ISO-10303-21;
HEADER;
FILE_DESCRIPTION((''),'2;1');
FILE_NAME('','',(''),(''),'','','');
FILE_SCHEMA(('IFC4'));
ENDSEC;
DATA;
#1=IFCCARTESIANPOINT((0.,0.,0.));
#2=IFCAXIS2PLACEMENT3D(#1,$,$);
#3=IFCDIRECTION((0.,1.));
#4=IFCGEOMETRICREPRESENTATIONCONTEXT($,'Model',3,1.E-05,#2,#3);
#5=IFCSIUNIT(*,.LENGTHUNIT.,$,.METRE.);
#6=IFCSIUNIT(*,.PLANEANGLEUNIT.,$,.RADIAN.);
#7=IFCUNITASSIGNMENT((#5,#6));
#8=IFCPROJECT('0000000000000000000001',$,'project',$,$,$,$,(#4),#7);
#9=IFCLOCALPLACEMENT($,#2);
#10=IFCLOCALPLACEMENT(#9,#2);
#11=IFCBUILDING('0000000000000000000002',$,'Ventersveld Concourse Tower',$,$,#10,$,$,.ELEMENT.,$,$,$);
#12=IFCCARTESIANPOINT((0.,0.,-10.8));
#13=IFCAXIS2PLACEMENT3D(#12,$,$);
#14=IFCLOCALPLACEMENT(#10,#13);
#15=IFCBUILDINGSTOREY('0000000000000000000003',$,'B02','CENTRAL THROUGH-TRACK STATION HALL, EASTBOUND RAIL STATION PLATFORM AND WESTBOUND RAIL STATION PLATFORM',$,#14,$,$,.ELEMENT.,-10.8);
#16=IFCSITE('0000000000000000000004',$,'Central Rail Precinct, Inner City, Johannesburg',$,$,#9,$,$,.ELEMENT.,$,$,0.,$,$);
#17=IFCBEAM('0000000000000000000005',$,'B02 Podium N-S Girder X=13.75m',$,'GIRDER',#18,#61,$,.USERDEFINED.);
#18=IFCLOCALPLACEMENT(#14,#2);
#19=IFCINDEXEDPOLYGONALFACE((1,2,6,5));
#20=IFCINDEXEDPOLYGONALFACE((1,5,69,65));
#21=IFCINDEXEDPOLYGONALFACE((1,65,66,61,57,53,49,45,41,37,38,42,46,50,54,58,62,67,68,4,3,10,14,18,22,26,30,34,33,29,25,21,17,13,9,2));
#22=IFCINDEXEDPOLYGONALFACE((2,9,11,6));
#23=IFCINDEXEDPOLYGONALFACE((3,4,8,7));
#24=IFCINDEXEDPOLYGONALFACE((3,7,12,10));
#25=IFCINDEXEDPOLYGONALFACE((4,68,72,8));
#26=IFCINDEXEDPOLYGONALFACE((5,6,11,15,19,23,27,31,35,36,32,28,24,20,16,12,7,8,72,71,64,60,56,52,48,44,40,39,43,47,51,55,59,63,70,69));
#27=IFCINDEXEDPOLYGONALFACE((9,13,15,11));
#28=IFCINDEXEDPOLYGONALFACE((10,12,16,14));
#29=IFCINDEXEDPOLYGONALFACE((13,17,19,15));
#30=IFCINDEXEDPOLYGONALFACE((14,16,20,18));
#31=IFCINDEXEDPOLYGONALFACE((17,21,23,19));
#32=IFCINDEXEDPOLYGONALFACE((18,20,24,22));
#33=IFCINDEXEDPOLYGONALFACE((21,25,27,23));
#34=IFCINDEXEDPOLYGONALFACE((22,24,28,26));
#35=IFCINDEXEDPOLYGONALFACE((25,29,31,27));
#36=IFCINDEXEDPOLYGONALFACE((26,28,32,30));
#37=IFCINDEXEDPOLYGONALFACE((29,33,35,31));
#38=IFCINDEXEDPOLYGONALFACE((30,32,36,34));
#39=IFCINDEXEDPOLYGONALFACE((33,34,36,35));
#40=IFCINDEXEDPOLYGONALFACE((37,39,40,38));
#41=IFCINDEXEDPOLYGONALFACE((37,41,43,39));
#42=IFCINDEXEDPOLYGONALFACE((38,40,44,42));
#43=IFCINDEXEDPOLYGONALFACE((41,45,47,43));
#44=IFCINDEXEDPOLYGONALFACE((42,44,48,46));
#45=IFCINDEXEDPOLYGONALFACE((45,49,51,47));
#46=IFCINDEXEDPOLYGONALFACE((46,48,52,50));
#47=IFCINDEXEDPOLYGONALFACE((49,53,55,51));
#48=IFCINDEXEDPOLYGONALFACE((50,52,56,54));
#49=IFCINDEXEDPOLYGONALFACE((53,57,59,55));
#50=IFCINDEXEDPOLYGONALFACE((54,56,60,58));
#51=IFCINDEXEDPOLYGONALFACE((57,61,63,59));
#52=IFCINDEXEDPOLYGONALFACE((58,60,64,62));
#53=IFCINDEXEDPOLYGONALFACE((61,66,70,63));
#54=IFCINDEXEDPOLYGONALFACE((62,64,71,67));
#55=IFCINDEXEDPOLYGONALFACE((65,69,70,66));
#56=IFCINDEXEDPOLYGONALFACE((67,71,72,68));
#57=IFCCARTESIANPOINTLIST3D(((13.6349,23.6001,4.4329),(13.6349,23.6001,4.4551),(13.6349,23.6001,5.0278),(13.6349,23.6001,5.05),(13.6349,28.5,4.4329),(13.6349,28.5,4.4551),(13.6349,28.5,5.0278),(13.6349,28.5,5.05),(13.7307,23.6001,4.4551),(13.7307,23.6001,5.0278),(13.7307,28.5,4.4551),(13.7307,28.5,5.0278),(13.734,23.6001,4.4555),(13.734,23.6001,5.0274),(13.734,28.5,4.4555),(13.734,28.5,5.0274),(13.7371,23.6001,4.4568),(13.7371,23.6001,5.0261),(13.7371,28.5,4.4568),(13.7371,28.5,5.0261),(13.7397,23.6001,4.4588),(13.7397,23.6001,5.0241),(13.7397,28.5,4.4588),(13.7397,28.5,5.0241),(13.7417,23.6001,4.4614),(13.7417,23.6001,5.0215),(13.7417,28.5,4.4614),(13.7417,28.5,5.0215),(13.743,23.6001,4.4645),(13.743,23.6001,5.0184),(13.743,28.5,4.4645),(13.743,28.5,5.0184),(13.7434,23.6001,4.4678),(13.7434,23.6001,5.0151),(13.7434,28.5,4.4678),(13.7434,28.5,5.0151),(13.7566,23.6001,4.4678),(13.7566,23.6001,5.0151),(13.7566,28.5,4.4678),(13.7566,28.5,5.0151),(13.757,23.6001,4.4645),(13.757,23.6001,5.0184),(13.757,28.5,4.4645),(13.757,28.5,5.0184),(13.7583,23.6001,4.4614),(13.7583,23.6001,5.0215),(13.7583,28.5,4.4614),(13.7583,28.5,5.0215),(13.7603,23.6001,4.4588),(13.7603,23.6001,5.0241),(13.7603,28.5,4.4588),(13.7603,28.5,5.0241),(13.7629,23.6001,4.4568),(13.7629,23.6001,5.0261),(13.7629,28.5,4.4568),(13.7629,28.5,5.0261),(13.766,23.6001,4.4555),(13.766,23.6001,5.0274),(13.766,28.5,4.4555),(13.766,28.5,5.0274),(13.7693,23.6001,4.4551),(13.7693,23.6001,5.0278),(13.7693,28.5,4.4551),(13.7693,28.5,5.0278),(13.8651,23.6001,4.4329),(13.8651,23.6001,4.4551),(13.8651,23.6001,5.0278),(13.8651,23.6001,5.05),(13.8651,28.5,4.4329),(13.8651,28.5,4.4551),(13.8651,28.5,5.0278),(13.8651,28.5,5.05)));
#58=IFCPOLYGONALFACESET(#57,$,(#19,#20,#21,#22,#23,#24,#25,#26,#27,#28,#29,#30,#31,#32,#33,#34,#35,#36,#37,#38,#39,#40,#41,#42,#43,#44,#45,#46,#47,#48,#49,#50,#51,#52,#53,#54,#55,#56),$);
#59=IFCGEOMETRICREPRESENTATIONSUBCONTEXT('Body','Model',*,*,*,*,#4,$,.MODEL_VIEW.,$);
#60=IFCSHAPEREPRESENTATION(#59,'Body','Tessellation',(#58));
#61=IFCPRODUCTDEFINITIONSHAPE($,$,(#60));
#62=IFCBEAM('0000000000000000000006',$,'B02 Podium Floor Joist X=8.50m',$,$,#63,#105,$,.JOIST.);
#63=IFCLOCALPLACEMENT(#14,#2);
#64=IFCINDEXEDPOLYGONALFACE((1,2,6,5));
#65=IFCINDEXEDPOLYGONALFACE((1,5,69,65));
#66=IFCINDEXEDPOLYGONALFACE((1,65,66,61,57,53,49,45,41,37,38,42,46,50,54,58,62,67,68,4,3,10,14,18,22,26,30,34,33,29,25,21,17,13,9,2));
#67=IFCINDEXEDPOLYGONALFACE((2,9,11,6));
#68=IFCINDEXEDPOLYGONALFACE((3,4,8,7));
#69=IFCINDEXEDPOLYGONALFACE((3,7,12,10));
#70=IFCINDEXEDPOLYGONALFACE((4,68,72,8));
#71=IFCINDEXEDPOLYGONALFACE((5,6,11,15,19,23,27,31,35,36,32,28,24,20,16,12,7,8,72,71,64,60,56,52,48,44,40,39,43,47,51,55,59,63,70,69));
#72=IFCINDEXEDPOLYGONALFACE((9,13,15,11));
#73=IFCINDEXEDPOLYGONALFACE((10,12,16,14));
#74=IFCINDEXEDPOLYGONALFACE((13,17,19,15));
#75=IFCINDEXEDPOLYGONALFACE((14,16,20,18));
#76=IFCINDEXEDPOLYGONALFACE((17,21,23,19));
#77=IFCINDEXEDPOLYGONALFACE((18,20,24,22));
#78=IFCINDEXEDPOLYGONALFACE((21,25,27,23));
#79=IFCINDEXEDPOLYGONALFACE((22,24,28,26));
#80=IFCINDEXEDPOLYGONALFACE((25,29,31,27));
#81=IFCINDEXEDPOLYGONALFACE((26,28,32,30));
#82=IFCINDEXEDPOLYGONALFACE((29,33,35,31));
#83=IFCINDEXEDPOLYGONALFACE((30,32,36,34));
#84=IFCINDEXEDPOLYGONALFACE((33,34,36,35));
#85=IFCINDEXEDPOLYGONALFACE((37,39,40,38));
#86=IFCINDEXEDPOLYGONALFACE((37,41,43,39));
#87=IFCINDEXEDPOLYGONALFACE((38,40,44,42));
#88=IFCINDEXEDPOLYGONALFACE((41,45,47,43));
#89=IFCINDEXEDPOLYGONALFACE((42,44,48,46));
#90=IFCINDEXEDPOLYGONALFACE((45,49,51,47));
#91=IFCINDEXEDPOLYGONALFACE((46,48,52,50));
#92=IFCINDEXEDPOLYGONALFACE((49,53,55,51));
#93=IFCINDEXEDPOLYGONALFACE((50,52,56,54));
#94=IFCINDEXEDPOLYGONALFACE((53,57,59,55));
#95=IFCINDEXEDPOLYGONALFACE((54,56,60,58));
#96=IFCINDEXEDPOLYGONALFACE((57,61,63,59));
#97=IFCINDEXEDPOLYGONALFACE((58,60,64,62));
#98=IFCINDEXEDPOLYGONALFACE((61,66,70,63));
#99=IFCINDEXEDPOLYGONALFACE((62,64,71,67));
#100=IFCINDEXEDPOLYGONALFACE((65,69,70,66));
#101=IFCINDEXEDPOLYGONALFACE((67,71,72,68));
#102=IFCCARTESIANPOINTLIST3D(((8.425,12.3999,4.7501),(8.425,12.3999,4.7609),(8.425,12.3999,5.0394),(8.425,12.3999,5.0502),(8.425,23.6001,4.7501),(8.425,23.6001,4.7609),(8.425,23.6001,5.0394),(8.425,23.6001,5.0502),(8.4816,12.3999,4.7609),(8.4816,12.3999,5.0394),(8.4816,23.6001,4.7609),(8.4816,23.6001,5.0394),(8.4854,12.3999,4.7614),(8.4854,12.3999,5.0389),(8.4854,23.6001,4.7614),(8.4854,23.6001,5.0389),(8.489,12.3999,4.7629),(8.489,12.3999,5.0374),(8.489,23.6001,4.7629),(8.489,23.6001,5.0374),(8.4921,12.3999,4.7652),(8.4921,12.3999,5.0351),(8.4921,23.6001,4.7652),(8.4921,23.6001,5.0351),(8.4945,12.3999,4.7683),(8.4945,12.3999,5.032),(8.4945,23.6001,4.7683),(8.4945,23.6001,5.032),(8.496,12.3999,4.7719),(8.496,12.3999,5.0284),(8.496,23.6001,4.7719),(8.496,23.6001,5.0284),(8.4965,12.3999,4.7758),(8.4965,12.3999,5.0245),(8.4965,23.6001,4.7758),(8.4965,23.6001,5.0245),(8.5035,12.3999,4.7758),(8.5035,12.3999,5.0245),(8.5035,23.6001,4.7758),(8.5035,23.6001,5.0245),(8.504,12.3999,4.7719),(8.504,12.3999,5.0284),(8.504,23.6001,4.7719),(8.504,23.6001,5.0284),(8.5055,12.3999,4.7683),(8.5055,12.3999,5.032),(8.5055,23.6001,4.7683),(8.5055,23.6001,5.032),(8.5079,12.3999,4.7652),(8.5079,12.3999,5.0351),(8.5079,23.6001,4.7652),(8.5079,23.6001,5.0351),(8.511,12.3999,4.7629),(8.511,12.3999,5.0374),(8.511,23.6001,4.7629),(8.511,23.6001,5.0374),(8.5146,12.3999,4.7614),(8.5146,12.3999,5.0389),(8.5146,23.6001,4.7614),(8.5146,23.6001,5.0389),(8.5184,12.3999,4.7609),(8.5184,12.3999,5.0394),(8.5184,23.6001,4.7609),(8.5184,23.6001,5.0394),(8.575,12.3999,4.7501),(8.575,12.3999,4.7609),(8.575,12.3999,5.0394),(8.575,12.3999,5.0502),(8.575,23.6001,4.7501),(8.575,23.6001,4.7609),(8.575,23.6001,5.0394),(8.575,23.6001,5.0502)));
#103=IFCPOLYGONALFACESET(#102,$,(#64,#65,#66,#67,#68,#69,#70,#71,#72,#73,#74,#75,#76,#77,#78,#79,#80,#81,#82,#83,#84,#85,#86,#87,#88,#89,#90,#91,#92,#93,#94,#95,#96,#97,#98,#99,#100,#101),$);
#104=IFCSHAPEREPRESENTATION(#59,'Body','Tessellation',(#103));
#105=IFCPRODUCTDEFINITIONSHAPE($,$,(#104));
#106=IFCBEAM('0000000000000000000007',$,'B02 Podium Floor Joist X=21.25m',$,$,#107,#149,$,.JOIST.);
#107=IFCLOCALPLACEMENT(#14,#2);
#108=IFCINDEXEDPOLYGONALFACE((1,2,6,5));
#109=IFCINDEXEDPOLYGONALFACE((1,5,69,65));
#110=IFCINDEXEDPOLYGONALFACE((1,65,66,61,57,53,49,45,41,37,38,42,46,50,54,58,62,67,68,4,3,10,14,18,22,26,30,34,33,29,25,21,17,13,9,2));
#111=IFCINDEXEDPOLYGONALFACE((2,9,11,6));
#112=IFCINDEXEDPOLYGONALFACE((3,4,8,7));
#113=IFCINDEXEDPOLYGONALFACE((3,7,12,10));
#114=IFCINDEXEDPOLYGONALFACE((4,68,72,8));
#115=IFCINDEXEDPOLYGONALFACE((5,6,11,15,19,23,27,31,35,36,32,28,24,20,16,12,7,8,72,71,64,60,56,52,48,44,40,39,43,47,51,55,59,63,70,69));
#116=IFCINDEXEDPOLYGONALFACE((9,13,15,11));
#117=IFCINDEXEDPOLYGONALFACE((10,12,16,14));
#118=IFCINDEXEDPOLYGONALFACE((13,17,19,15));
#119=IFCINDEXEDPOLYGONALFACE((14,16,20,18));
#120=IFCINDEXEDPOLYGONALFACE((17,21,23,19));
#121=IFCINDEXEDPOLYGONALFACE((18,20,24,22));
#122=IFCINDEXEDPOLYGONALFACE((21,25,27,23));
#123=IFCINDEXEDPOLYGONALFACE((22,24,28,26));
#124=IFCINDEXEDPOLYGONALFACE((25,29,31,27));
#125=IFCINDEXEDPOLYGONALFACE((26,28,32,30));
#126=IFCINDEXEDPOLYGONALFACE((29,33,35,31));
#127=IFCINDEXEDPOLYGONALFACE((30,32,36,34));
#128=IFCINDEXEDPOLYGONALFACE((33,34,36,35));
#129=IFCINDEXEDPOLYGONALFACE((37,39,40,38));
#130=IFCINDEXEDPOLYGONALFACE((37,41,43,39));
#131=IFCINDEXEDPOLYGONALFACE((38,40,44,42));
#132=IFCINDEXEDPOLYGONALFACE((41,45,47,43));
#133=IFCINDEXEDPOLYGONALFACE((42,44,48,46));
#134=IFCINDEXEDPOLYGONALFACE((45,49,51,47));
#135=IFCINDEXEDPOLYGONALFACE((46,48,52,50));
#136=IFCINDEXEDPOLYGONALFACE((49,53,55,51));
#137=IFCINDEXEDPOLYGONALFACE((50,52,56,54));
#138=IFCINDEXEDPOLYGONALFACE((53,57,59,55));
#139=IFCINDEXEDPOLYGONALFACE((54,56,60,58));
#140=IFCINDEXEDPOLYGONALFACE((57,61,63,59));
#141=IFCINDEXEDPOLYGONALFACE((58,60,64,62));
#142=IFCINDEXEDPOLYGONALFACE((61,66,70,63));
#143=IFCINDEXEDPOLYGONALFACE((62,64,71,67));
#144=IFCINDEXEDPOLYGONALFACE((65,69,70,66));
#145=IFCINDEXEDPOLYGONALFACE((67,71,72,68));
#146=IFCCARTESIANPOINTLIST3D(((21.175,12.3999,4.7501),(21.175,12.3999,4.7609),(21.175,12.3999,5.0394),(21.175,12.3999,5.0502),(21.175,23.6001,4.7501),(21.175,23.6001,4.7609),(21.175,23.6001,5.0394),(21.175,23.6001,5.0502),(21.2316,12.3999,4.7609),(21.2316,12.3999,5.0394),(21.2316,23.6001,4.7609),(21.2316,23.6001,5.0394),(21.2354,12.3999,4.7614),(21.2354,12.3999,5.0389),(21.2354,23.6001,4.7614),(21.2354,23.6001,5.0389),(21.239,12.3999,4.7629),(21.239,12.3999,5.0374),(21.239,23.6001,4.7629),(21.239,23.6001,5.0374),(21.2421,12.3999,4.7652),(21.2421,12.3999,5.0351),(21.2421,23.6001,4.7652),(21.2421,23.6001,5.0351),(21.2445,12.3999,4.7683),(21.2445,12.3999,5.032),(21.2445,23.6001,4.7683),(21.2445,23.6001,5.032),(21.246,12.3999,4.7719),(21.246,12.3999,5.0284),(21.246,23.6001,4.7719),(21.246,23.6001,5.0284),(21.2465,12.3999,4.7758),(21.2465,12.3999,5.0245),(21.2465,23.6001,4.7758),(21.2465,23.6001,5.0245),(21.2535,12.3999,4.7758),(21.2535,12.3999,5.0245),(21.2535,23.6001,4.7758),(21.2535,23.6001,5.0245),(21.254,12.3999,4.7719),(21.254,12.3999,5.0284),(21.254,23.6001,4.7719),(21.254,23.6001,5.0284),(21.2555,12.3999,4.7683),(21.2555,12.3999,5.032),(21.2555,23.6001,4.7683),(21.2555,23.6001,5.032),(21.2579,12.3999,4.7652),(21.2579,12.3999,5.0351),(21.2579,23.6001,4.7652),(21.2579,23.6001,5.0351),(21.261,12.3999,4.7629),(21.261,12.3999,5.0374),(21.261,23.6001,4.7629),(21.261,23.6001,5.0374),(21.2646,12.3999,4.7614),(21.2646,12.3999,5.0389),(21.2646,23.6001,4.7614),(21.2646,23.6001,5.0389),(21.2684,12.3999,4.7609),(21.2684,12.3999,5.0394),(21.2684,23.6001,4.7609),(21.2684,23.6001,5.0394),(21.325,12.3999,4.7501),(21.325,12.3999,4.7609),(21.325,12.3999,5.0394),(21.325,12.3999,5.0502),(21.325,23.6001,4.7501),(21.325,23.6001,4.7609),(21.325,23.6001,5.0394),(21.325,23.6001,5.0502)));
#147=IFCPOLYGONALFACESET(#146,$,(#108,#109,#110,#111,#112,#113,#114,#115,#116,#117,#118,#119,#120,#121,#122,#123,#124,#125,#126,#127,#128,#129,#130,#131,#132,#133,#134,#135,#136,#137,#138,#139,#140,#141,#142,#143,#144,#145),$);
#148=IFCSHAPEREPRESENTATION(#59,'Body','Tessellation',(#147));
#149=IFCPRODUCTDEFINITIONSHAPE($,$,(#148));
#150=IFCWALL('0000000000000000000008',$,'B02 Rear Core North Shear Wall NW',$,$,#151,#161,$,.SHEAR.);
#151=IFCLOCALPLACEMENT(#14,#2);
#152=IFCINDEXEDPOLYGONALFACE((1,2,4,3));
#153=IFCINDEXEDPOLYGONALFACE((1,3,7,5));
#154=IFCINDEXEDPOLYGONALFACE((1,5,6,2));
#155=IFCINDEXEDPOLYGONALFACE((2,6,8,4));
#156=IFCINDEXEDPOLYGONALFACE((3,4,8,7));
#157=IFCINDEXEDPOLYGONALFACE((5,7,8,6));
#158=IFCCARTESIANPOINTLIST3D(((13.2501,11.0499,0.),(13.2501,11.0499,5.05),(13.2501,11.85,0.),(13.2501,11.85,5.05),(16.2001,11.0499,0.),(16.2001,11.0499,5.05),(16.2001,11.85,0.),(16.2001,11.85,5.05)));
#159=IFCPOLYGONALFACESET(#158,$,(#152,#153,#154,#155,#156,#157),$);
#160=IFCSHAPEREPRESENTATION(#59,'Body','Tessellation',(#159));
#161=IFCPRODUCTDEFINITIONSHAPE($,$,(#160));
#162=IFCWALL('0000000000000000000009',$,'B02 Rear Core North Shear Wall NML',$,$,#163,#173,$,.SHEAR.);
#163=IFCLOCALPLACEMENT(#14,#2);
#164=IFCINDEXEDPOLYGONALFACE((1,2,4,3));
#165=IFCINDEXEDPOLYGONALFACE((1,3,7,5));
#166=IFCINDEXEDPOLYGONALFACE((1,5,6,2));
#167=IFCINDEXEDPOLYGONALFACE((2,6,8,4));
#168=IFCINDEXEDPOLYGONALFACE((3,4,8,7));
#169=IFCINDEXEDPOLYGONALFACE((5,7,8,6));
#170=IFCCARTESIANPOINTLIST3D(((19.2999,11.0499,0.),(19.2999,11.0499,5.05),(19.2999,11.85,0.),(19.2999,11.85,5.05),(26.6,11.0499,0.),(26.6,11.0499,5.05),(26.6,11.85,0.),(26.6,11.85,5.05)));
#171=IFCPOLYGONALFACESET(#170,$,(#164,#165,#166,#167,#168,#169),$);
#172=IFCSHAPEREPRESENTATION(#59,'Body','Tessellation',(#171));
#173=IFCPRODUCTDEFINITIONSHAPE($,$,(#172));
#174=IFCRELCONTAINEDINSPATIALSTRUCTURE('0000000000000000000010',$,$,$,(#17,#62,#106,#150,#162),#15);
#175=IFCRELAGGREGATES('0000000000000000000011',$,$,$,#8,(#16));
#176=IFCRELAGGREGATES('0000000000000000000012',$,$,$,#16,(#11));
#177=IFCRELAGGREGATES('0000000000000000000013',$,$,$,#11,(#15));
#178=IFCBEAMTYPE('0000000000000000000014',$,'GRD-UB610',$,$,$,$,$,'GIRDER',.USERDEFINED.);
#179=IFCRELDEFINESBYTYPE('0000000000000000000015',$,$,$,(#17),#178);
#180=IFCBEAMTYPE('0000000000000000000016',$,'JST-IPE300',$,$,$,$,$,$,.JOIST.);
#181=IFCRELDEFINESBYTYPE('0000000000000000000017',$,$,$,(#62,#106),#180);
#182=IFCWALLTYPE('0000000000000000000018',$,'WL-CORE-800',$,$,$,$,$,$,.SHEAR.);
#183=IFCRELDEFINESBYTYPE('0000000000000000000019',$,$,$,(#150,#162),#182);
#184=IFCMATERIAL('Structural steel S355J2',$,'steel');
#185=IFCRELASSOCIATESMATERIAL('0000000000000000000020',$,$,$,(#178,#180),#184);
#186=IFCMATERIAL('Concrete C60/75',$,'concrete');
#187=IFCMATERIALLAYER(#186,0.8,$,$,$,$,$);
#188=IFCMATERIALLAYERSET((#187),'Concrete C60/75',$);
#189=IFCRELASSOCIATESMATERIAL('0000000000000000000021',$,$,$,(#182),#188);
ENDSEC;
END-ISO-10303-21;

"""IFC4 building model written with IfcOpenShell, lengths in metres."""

from ifc_helpers import new_model, si_unit, direction, frame, frame_2d, origin, origin_2d, place, context, subcontext, project, spatial, rectangle, i_section, extrude, material, layer, layer_set, material_profile, profile_set, type_object, element, save


model = new_model("IFC4")

# Units and contexts
model_context = context("Model", 3, precision=1e-05, world=origin(), true_north=direction((0.0, 1.0)))
body_context = subcontext(model_context, "Body", "Model", "MODEL_VIEW")
ifc_project = project(units=[si_unit("LENGTHUNIT", "METRE"), si_unit("PLANEANGLEUNIT", "RADIAN")], contexts=[model_context])

# Site, building, storey
site_placement = place(None, origin())
site = spatial("IfcSite", under=ifc_project, at=site_placement, Name="Central Rail Precinct, Inner City, Johannesburg", CompositionType="ELEMENT", RefElevation=0.0)
building_placement = place(site_placement, origin())
building = spatial("IfcBuilding", under=site, at=building_placement, Name="Ventersveld Concourse Tower", CompositionType="ELEMENT")
storey_placement = place(building_placement, frame((0.0, 0.0, -10.8)))
storey = spatial("IfcBuildingStorey", under=building, at=storey_placement, Name="B02", Description="CENTRAL THROUGH-TRACK STATION HALL, EASTBOUND RAIL STATION PLATFORM AND WESTBOUND RAIL STATION PLATFORM", CompositionType="ELEMENT", Elevation=-10.8)

# Shared definitions
ifc_material_1 = material(Name="Concrete C60/75", Category="concrete")

# Beams
ifc_material_2 = material(Name="Structural steel S355J2", Category="steel")
ifc_material_profile_1 = material_profile(ifc_material_2, i_section(OverallWidth=0.2302, OverallDepth=0.6172, WebThickness=0.0132, FlangeThickness=0.0222, FilletRadius=0.0127, at=origin_2d()), Name="UB 610x229x140")
ifc_profile_set_1 = profile_set([ifc_material_profile_1], Name="Structural steel S355J2")
beam_type_1 = type_object("IfcBeamType", Name="GRD-UB610", ElementType="GIRDER", PredefinedType="USERDEFINED", material=ifc_profile_set_1)
beam_1_placement = place(storey_placement, frame((13.75, 23.6001, 4.7415), z_axis=(0.0, 1.0, 0.0), x_axis=(-1.0, 0.0, 0.0)))
element("IfcBeam", 1, at=beam_1_placement, inside=storey, type_object=beam_type_1, Name="B02 Podium N-S Girder X=13.75m", ObjectType="GIRDER", PredefinedType="USERDEFINED", context=body_context, shape_type="SweptSolid", body=[
    extrude(i_section(OverallWidth=0.2302, OverallDepth=0.6172, WebThickness=0.0132, FlangeThickness=0.0222, FilletRadius=0.0127, at=origin_2d()), origin(), (0.0, 0.0, 1.0), 4.8999),
])
ifc_material_profile_2 = material_profile(ifc_material_2, i_section(OverallWidth=0.1499, OverallDepth=0.3, WebThickness=0.0071, FlangeThickness=0.0107, FilletRadius=0.0149, at=origin_2d()), Name="IPE 300")
ifc_profile_set_2 = profile_set([ifc_material_profile_2], Name="Structural steel S355J2")
beam_type_2 = type_object("IfcBeamType", Name="JST-IPE300", PredefinedType="JOIST", material=ifc_profile_set_2)
for number, where, z_axis, x_axis, name in (
    (2, (8.5, 12.3999, 4.9001), (0.0, 1.0, 0.0), (-1.0, 0.0, 0.0), "B02 Podium Floor Joist X=8.50m"),
    (3, (21.25, 12.3999, 4.9001), (0.0, 1.0, 0.0), (-1.0, 0.0, 0.0), "B02 Podium Floor Joist X=21.25m"),
):
    element("IfcBeam", number, at=place(storey_placement, frame(where, z_axis=z_axis, x_axis=x_axis)), inside=storey, type_object=beam_type_2, Name=name, PredefinedType="JOIST", context=body_context, shape_type="SweptSolid", body=[
        extrude(i_section(OverallWidth=0.1499, OverallDepth=0.3, WebThickness=0.0071, FlangeThickness=0.0107, FilletRadius=0.0149, at=origin_2d()), origin(), (0.0, 0.0, 1.0), 11.2002),
    ])

# Walls
ifc_layer_1 = layer(ifc_material_1, 0.8)
ifc_layer_set_1 = layer_set([ifc_layer_1], Name="Concrete C60/75")
wall_type_1 = type_object("IfcWallType", Name="WL-CORE-800", PredefinedType="SHEAR", material=ifc_layer_set_1)
wall_1_placement = place(storey_placement, frame((13.25, 11.45, 0.0), z_axis=(0.0, 0.0, 1.0), x_axis=(1.0, 0.0, 0.0)))
element("IfcWall", 4, at=wall_1_placement, inside=storey, type_object=wall_type_1, Name="B02 Rear Core North Shear Wall NW", PredefinedType="SHEAR", context=body_context, shape_type="SweptSolid", body=[
    extrude(rectangle(XDim=2.95, YDim=0.8, at=frame_2d((1.4751, 0.0))), origin(), (0.0, 0.0, 1.0), 5.05),
])
wall_2_placement = place(storey_placement, frame((19.3, 11.45, 0.0), z_axis=(0.0, 0.0, 1.0), x_axis=(1.0, 0.0, 0.0)))
element("IfcWall", 5, at=wall_2_placement, inside=storey, type_object=wall_type_1, Name="B02 Rear Core North Shear Wall NML", PredefinedType="SHEAR", context=body_context, shape_type="SweptSolid", body=[
    extrude(rectangle(XDim=7.3, YDim=0.8, at=frame_2d((3.6499, 0.0))), origin(), (0.0, 0.0, 1.0), 5.05),
])

save(model, "model.ifc")
